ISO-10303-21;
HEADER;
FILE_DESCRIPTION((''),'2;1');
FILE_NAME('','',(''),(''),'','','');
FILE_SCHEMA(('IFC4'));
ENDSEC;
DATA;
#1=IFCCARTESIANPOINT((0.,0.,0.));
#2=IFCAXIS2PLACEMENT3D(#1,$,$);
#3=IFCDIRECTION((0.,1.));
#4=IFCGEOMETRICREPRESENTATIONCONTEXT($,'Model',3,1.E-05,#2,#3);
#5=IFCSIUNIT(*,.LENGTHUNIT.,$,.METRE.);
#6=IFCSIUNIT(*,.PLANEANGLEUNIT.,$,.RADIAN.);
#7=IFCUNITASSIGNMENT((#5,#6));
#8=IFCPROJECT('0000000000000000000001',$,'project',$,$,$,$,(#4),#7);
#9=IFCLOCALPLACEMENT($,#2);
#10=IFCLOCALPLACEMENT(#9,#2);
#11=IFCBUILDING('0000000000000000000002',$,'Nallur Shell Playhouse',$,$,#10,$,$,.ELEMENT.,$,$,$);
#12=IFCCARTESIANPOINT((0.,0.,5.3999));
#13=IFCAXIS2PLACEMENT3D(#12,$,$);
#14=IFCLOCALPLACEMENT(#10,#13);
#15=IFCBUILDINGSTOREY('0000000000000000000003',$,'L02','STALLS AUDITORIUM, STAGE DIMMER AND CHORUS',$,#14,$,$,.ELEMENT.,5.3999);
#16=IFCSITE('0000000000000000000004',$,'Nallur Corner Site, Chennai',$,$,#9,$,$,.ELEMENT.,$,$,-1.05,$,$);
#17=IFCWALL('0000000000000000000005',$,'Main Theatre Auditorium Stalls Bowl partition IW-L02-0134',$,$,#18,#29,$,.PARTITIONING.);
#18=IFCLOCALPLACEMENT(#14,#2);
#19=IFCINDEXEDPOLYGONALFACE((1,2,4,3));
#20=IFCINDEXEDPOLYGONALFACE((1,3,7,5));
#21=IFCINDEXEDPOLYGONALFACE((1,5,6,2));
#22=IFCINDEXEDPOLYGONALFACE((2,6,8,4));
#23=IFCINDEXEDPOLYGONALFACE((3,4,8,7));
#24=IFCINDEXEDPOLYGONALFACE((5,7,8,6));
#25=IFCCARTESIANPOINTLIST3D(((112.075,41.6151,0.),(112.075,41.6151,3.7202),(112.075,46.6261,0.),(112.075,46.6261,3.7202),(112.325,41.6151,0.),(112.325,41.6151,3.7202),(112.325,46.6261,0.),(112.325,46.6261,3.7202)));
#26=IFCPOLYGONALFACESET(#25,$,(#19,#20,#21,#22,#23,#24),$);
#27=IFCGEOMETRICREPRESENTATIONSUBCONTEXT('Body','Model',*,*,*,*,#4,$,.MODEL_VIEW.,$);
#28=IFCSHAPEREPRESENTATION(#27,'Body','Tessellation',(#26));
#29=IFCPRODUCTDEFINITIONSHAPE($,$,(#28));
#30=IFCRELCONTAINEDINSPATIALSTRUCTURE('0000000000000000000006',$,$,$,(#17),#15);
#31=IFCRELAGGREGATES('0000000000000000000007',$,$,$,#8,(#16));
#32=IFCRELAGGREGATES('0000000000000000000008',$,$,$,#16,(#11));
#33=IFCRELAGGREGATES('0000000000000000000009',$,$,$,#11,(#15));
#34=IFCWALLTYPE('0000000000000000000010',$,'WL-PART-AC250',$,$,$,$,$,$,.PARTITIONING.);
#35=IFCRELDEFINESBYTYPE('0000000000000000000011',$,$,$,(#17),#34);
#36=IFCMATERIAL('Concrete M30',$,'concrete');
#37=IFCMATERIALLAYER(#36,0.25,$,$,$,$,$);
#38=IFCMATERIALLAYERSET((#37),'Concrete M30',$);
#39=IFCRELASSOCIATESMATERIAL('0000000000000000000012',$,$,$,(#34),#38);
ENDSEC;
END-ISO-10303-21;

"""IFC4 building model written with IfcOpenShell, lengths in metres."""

from ifc_helpers import new_model, si_unit, direction, frame, frame_2d, origin, place, context, subcontext, project, spatial, rectangle, extrude, material, layer, layer_set, type_object, element, save


model = new_model("IFC4")

# Units and contexts
model_context = context("Model", 3, precision=1e-05, world=origin(), true_north=direction((0.0, 1.0)))
body_context = subcontext(model_context, "Body", "Model", "MODEL_VIEW")
ifc_project = project(units=[si_unit("LENGTHUNIT", "METRE"), si_unit("PLANEANGLEUNIT", "RADIAN")], contexts=[model_context])

# Site, building, storey
site_placement = place(None, origin())
site = spatial("IfcSite", under=ifc_project, at=site_placement, Name="Nallur Corner Site, Chennai", CompositionType="ELEMENT", RefElevation=-1.05)
building_placement = place(site_placement, origin())
building = spatial("IfcBuilding", under=site, at=building_placement, Name="Nallur Shell Playhouse", CompositionType="ELEMENT")
storey_placement = place(building_placement, frame((0.0, 0.0, 5.3999)))
storey = spatial("IfcBuildingStorey", under=building, at=storey_placement, Name="L02", Description="STALLS AUDITORIUM, STAGE DIMMER AND CHORUS", CompositionType="ELEMENT", Elevation=5.3999)

# Wall
ifc_material_1 = material(Name="Concrete M30", Category="concrete")
ifc_layer_1 = layer(ifc_material_1, 0.25)
ifc_layer_set_1 = layer_set([ifc_layer_1], Name="Concrete M30")
wall_type_1 = type_object("IfcWallType", Name="WL-PART-AC250", PredefinedType="PARTITIONING", material=ifc_layer_set_1)
wall_1_placement = place(storey_placement, frame((112.2, 46.626, 0.0), z_axis=(0.0, 0.0, 1.0), x_axis=(0.0, -1.0, 0.0)))
element("IfcWall", 1, at=wall_1_placement, inside=storey, type_object=wall_type_1, Name="Main Theatre Auditorium Stalls Bowl partition IW-L02-0134", PredefinedType="PARTITIONING", context=body_context, shape_type="SweptSolid", body=[
    extrude(rectangle(XDim=5.011, YDim=0.25, at=frame_2d((2.5054, 0.0))), origin(), (0.0, 0.0, 1.0), 3.7202),
])

save(model, "model.ifc")
